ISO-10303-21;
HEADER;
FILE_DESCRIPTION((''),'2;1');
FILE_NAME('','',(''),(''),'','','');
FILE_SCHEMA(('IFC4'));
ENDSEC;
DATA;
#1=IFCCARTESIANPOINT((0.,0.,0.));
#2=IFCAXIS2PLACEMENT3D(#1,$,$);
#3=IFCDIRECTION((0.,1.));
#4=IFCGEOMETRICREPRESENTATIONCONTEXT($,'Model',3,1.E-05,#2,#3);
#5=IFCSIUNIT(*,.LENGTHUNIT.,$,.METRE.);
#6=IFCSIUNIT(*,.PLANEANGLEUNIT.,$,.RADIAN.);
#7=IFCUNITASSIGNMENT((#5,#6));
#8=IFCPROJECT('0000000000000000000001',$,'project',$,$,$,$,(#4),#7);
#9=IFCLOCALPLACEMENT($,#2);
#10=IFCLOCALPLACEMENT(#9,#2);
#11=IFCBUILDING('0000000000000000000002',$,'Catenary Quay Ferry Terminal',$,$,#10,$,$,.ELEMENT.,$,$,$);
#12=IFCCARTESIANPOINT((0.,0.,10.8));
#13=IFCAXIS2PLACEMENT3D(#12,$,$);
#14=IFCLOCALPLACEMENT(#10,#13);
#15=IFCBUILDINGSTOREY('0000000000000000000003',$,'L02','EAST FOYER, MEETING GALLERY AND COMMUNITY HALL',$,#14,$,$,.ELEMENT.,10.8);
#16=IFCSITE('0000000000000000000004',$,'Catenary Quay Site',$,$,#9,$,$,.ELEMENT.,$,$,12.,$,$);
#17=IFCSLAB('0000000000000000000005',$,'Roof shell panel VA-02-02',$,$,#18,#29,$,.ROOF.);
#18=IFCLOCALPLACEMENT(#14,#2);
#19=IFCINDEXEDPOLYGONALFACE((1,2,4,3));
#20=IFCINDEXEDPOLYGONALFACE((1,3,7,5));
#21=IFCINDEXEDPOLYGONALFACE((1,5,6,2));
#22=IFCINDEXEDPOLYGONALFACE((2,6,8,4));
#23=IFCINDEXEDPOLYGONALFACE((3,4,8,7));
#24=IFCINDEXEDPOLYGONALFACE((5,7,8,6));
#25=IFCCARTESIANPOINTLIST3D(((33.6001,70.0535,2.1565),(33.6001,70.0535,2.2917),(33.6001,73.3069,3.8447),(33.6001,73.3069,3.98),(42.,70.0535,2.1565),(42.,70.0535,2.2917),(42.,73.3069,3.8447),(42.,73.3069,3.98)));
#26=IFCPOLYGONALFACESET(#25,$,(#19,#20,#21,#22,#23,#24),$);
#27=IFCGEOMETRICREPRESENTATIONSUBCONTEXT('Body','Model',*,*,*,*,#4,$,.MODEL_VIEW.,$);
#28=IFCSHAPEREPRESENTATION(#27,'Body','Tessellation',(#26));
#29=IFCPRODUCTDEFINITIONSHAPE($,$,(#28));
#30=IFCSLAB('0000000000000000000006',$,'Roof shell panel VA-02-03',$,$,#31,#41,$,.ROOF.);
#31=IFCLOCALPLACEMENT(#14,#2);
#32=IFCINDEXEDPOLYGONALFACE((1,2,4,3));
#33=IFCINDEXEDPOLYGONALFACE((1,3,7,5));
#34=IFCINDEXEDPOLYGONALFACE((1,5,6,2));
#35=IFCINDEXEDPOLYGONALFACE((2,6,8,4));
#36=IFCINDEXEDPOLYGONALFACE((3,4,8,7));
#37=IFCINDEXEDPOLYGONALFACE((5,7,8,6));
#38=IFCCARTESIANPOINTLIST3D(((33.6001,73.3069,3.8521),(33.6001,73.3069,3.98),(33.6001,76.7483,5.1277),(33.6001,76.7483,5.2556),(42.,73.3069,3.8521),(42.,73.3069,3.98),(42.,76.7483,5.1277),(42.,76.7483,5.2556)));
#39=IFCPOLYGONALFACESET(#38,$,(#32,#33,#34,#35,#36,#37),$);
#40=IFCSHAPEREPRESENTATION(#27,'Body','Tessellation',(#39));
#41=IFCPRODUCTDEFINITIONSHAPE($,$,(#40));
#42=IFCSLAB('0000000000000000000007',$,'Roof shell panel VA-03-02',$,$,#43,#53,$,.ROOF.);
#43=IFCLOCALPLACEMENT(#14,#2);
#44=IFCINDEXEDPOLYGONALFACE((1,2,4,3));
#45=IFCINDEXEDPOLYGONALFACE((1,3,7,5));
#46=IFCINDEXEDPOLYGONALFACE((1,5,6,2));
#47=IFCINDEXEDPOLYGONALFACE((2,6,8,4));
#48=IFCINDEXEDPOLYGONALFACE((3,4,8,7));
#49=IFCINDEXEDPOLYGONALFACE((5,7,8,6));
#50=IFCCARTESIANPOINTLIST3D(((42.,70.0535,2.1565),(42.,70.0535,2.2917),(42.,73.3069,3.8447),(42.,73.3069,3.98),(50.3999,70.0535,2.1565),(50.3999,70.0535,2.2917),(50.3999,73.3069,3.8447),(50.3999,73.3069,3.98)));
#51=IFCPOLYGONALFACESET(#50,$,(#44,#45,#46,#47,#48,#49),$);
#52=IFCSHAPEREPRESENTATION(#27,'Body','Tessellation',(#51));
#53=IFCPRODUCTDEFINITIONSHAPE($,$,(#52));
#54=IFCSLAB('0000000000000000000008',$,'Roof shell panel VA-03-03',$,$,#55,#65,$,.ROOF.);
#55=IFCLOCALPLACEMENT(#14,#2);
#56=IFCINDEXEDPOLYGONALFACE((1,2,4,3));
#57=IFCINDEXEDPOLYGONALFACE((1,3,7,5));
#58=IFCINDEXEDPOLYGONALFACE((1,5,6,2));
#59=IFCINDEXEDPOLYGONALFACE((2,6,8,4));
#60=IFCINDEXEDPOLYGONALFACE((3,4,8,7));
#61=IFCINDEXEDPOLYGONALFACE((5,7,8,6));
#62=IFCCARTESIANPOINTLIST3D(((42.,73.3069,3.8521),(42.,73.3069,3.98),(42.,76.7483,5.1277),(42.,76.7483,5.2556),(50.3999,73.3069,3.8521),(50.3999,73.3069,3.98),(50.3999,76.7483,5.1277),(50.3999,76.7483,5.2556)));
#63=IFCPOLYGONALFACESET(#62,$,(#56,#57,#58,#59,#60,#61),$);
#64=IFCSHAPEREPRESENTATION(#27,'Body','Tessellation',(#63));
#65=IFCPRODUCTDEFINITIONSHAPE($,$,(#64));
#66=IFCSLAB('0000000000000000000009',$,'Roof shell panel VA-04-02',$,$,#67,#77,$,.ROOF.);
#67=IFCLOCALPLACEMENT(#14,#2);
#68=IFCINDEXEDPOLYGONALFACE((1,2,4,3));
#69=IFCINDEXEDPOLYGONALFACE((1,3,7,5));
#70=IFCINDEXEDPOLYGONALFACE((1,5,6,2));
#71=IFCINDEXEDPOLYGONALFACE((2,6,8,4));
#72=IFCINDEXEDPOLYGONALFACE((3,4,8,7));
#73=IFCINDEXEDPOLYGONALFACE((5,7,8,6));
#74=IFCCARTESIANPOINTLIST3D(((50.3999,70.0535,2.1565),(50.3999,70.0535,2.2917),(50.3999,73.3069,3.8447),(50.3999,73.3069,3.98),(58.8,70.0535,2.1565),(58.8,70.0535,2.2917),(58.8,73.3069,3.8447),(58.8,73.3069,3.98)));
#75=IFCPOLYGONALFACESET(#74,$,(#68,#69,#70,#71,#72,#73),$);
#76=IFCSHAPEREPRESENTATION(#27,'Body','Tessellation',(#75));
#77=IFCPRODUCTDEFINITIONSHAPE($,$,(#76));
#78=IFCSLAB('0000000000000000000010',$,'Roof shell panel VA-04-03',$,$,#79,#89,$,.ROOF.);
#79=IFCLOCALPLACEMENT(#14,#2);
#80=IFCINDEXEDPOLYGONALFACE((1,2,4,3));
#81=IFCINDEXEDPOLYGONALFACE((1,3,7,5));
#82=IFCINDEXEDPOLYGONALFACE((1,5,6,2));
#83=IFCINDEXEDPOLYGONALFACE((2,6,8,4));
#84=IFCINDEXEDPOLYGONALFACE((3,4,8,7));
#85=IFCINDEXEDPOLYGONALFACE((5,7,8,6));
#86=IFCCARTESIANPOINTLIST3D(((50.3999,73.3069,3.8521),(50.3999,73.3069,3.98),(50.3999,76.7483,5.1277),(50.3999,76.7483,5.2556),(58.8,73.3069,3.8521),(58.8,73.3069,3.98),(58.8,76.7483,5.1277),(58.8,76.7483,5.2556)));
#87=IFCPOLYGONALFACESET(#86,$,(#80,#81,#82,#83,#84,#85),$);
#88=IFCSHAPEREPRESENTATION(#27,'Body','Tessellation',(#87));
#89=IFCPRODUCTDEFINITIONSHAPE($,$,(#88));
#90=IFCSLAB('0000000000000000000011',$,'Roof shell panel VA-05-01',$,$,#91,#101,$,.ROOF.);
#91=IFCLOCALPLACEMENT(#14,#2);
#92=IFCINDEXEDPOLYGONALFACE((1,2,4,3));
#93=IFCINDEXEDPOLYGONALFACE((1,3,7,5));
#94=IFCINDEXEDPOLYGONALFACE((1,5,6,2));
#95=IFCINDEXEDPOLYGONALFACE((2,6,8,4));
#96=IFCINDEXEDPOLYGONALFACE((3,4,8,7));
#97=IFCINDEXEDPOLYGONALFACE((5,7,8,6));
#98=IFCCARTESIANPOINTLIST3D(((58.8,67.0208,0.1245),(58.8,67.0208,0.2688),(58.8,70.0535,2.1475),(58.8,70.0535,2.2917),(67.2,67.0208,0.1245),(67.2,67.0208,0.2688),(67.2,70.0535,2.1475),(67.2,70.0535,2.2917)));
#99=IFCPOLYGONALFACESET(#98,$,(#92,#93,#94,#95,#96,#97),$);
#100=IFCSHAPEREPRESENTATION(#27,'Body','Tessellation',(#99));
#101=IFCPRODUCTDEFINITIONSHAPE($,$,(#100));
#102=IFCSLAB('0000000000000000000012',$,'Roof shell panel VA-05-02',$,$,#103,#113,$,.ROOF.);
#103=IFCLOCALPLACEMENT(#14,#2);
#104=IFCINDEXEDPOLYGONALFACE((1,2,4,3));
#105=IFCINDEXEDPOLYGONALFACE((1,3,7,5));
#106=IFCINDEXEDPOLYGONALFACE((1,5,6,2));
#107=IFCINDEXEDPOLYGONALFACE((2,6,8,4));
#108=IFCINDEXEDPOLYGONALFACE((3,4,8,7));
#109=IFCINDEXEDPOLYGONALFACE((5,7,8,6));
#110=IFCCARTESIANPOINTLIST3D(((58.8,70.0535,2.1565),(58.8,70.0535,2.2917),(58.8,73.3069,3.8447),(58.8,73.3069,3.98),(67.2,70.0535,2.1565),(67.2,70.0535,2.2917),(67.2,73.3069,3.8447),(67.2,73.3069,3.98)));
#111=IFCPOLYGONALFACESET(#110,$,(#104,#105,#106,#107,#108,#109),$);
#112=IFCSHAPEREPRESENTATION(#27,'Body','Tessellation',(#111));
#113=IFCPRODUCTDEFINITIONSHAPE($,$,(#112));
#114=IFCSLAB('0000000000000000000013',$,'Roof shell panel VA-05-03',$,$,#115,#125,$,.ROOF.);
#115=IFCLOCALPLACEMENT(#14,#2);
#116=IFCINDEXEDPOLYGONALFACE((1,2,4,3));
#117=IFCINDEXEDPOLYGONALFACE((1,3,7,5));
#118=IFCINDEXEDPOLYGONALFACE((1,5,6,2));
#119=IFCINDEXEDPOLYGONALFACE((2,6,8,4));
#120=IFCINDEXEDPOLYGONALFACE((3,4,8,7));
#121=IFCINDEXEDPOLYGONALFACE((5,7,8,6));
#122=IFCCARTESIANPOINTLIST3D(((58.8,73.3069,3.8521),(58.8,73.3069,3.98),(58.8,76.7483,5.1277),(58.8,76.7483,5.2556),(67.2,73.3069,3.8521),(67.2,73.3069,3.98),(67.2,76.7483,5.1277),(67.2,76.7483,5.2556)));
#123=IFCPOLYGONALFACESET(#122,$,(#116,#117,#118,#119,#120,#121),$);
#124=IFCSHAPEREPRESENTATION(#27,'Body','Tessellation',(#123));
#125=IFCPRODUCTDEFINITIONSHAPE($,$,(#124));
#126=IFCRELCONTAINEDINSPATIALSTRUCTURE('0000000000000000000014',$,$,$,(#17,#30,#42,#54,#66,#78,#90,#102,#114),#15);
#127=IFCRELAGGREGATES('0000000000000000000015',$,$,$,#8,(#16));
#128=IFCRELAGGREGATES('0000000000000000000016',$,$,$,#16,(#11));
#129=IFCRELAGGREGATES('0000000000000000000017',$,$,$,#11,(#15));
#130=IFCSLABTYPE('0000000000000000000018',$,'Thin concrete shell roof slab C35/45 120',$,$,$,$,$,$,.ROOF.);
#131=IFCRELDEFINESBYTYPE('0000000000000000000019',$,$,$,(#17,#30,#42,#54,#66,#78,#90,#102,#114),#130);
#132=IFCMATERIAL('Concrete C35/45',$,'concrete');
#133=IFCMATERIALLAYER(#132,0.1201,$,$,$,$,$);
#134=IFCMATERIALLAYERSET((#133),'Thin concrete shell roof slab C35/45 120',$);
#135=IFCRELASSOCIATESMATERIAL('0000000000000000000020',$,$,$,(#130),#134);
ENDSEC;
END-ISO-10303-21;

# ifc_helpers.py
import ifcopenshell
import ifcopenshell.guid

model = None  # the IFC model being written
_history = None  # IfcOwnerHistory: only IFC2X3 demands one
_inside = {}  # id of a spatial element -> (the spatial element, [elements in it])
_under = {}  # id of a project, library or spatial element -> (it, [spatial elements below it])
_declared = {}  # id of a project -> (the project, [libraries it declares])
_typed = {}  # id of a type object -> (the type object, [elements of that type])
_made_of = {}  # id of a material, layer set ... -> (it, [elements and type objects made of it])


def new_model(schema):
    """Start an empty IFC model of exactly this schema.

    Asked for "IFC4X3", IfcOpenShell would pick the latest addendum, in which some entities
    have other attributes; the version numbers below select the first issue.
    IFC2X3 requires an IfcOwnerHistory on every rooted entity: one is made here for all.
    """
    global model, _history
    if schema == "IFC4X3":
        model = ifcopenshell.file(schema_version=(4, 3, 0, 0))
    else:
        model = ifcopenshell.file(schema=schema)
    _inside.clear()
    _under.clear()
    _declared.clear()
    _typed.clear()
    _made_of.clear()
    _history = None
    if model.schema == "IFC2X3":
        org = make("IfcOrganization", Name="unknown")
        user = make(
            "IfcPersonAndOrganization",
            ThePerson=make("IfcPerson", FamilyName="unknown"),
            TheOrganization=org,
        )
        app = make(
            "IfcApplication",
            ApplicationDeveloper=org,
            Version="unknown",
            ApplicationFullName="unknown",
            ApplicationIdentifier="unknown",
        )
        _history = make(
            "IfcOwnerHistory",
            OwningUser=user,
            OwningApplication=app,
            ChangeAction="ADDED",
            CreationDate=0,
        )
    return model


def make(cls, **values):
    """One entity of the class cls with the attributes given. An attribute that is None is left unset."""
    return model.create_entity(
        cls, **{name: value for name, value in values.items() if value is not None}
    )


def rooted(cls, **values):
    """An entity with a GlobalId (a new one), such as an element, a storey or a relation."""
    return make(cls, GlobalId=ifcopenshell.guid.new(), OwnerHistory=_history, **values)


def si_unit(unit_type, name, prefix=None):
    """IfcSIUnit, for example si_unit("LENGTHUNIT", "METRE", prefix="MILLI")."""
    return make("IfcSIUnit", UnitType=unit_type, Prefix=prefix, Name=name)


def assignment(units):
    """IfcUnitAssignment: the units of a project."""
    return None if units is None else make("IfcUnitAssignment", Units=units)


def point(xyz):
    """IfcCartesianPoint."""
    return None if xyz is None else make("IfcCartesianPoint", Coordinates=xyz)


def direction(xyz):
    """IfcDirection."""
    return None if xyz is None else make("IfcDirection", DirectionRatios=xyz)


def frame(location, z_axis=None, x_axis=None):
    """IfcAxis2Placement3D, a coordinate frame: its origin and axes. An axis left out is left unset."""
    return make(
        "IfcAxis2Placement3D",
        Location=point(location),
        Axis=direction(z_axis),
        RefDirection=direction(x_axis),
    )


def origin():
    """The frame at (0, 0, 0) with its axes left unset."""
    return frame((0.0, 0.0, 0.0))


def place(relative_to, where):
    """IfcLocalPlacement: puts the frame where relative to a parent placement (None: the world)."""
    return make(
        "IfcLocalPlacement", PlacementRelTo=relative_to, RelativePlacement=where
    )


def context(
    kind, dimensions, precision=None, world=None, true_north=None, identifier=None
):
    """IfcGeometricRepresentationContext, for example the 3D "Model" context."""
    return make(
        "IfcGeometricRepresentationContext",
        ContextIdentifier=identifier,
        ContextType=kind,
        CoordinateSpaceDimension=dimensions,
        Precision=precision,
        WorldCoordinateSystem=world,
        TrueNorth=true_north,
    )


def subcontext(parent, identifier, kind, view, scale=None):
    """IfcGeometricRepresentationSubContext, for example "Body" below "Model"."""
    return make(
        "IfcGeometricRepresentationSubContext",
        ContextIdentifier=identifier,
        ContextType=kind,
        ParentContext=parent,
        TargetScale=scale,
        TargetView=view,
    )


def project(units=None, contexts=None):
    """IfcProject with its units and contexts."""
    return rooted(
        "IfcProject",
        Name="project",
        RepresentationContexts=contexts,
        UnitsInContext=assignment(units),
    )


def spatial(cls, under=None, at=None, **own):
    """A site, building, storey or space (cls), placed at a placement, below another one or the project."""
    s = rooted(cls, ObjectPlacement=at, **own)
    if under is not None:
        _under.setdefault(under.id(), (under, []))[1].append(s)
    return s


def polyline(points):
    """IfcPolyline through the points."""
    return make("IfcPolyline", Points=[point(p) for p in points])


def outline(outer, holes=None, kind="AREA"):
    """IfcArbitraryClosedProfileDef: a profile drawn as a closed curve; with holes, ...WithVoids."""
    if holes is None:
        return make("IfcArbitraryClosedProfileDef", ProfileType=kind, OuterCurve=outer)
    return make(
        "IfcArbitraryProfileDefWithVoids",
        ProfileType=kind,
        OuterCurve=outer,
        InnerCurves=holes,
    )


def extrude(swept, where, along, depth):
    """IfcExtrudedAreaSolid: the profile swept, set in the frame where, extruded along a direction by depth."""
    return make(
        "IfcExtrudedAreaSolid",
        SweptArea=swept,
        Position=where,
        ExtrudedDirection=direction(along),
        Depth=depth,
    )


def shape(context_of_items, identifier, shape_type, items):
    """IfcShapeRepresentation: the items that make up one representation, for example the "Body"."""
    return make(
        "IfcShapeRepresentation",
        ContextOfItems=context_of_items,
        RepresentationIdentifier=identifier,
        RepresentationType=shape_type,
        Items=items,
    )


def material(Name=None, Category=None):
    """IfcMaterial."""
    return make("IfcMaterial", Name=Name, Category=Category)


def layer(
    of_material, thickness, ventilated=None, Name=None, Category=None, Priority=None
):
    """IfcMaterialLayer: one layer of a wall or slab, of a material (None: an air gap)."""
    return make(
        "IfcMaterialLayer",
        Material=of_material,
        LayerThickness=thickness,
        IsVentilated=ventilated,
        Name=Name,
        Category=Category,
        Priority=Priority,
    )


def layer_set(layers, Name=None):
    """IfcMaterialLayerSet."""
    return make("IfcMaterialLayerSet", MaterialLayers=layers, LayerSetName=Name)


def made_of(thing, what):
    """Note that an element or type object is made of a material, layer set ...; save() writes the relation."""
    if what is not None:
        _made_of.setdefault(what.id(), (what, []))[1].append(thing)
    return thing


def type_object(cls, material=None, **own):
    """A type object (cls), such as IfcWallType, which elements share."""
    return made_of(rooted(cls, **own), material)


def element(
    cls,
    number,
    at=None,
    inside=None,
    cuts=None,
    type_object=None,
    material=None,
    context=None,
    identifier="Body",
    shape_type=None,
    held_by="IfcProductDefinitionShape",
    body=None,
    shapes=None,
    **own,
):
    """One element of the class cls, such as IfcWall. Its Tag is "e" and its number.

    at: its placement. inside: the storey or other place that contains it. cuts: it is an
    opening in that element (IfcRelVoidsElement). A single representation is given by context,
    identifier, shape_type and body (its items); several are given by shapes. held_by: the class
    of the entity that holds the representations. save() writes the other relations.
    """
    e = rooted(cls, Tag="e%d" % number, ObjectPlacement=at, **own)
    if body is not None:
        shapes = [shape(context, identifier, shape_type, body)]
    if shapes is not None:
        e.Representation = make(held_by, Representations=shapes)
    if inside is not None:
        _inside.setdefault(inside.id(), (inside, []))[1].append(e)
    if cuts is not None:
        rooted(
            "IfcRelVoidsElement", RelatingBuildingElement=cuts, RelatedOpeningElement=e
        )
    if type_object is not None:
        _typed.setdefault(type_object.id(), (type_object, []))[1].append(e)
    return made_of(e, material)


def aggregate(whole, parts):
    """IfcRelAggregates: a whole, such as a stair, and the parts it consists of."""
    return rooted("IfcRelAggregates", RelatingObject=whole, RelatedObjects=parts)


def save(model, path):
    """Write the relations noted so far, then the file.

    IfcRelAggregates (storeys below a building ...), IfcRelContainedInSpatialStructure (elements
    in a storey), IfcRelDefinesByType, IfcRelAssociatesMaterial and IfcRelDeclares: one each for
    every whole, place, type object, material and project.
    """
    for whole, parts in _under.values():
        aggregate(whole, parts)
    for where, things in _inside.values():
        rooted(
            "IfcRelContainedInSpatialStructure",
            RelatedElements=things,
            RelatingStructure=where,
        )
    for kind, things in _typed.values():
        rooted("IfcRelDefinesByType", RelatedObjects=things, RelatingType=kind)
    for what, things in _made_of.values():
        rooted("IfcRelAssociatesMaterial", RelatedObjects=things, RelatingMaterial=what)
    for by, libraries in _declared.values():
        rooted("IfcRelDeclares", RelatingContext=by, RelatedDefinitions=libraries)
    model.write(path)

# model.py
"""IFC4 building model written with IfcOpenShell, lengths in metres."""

from ifc_helpers import new_model, si_unit, direction, frame, origin, place, context, subcontext, project, spatial, polyline, outline, extrude, material, layer, layer_set, type_object, element, save


model = new_model("IFC4")

# Units and contexts
model_context = context("Model", 3, precision=1e-05, world=origin(), true_north=direction((0.0, 1.0)))
body_context = subcontext(model_context, "Body", "Model", "MODEL_VIEW")
ifc_project = project(units=[si_unit("LENGTHUNIT", "METRE"), si_unit("PLANEANGLEUNIT", "RADIAN")], contexts=[model_context])

# Site, building, storey
site_placement = place(None, origin())
site = spatial("IfcSite", under=ifc_project, at=site_placement, Name="Catenary Quay Site", CompositionType="ELEMENT", RefElevation=12.0)
building_placement = place(site_placement, origin())
building = spatial("IfcBuilding", under=site, at=building_placement, Name="Catenary Quay Ferry Terminal", CompositionType="ELEMENT")
storey_placement = place(building_placement, frame((0.0, 0.0, 10.8)))
storey = spatial("IfcBuildingStorey", under=building, at=storey_placement, Name="L02", Description="EAST FOYER, MEETING GALLERY AND COMMUNITY HALL", CompositionType="ELEMENT", Elevation=10.8)

# Slabs
ifc_material_1 = material(Name="Concrete C35/45", Category="concrete")
ifc_layer_1 = layer(ifc_material_1, 0.1201)
ifc_layer_set_1 = layer_set([ifc_layer_1], Name="Thin concrete shell roof slab C35/45 120")
slab_type = type_object("IfcSlabType", Name="Thin concrete shell roof slab C35/45 120", PredefinedType="ROOF", material=ifc_layer_set_1)
slab_1_placement = place(storey_placement, frame((33.6001, 70.0535, 2.2917), z_axis=(0.0, -0.460591, 0.887612), x_axis=(1.0, 0.0, 0.0)))
element("IfcSlab", 1, at=slab_1_placement, inside=storey, type_object=slab_type, Name="Roof shell panel VA-02-02", PredefinedType="ROOF", context=body_context, shape_type="SweptSolid", body=[
    extrude(outline(polyline([(0.0, 0.0), (8.3999, 0.0), (8.3999, 3.6654), (0.0, 3.6654), (0.0, 0.0)])), origin(), (0.0, -0.460591, -0.887612), 0.1353),
])
slab_2_placement = place(storey_placement, frame((33.6001, 73.3069, 3.98), z_axis=(0.0, -0.347563, 0.937656), x_axis=(1.0, 0.0, 0.0)))
element("IfcSlab", 2, at=slab_2_placement, inside=storey, type_object=slab_type, Name="Roof shell panel VA-02-03", PredefinedType="ROOF", context=body_context, shape_type="SweptSolid", body=[
    extrude(outline(polyline([(0.0, 0.0), (8.3999, 0.0), (8.3999, 3.6702), (0.0, 3.6702), (0.0, 0.0)])), origin(), (0.0, -0.347563, -0.937656), 0.1279),
])
slab_3_placement = place(storey_placement, frame((42.0, 70.0535, 2.2917), z_axis=(0.0, -0.460591, 0.887612), x_axis=(1.0, 0.0, 0.0)))
element("IfcSlab", 3, at=slab_3_placement, inside=storey, type_object=slab_type, Name="Roof shell panel VA-03-02", PredefinedType="ROOF", context=body_context, shape_type="SweptSolid", body=[
    extrude(outline(polyline([(0.0, 0.0), (8.3999, 0.0), (8.3999, 3.6654), (0.0, 3.6654), (0.0, 0.0)])), origin(), (0.0, -0.460591, -0.887612), 0.1353),
])
slab_4_placement = place(storey_placement, frame((42.0, 73.3069, 3.98), z_axis=(0.0, -0.347563, 0.937656), x_axis=(1.0, 0.0, 0.0)))
element("IfcSlab", 4, at=slab_4_placement, inside=storey, type_object=slab_type, Name="Roof shell panel VA-03-03", PredefinedType="ROOF", context=body_context, shape_type="SweptSolid", body=[
    extrude(outline(polyline([(0.0, 0.0), (8.3999, 0.0), (8.3999, 3.6702), (0.0, 3.6702), (0.0, 0.0)])), origin(), (0.0, -0.347563, -0.937656), 0.1279),
])
slab_5_placement = place(storey_placement, frame((50.3999, 70.0535, 2.2917), z_axis=(0.0, -0.460591, 0.887612), x_axis=(1.0, 0.0, 0.0)))
element("IfcSlab", 5, at=slab_5_placement, inside=storey, type_object=slab_type, Name="Roof shell panel VA-04-02", PredefinedType="ROOF", context=body_context, shape_type="SweptSolid", body=[
    extrude(outline(polyline([(0.0, 0.0), (8.4001, 0.0), (8.4001, 3.6654), (0.0, 3.6654), (0.0, 0.0)])), origin(), (0.0, -0.460591, -0.887612), 0.1353),
])
slab_6_placement = place(storey_placement, frame((50.3999, 73.3069, 3.98), z_axis=(0.0, -0.347563, 0.937656), x_axis=(1.0, 0.0, 0.0)))
element("IfcSlab", 6, at=slab_6_placement, inside=storey, type_object=slab_type, Name="Roof shell panel VA-04-03", PredefinedType="ROOF", context=body_context, shape_type="SweptSolid", body=[
    extrude(outline(polyline([(0.0, 0.0), (8.4001, 0.0), (8.4001, 3.6702), (0.0, 3.6702), (0.0, 0.0)])), origin(), (0.0, -0.347563, -0.937656), 0.1279),
])
slab_7_placement = place(storey_placement, frame((58.8, 67.0208, 0.2688), z_axis=(0.0, -0.554917, 0.831906), x_axis=(1.0, 0.0, 0.0)))
element("IfcSlab", 7, at=slab_7_placement, inside=storey, type_object=slab_type, Name="Roof shell panel VA-05-01", PredefinedType="ROOF", context=body_context, shape_type="SweptSolid", body=[
    extrude(outline(polyline([(0.0, 0.0), (8.3999, 0.0), (8.3999, 3.6455), (0.0, 3.6455), (0.0, 0.0)])), origin(), (0.0, -0.554917, -0.831906), 0.1443),
])
slab_8_placement = place(storey_placement, frame((58.8, 70.0535, 2.2917), z_axis=(0.0, -0.460591, 0.887612), x_axis=(1.0, 0.0, 0.0)))
element("IfcSlab", 8, at=slab_8_placement, inside=storey, type_object=slab_type, Name="Roof shell panel VA-05-02", PredefinedType="ROOF", context=body_context, shape_type="SweptSolid", body=[
    extrude(outline(polyline([(0.0, 0.0), (8.3999, 0.0), (8.3999, 3.6654), (0.0, 3.6654), (0.0, 0.0)])), origin(), (0.0, -0.460591, -0.887612), 0.1353),
])
slab_9_placement = place(storey_placement, frame((58.8, 73.3069, 3.98), z_axis=(0.0, -0.347563, 0.937656), x_axis=(1.0, 0.0, 0.0)))
element("IfcSlab", 9, at=slab_9_placement, inside=storey, type_object=slab_type, Name="Roof shell panel VA-05-03", PredefinedType="ROOF", context=body_context, shape_type="SweptSolid", body=[
    extrude(outline(polyline([(0.0, 0.0), (8.3999, 0.0), (8.3999, 3.6702), (0.0, 3.6702), (0.0, 0.0)])), origin(), (0.0, -0.347563, -0.937656), 0.1279),
])

save(model, "model.ifc")
